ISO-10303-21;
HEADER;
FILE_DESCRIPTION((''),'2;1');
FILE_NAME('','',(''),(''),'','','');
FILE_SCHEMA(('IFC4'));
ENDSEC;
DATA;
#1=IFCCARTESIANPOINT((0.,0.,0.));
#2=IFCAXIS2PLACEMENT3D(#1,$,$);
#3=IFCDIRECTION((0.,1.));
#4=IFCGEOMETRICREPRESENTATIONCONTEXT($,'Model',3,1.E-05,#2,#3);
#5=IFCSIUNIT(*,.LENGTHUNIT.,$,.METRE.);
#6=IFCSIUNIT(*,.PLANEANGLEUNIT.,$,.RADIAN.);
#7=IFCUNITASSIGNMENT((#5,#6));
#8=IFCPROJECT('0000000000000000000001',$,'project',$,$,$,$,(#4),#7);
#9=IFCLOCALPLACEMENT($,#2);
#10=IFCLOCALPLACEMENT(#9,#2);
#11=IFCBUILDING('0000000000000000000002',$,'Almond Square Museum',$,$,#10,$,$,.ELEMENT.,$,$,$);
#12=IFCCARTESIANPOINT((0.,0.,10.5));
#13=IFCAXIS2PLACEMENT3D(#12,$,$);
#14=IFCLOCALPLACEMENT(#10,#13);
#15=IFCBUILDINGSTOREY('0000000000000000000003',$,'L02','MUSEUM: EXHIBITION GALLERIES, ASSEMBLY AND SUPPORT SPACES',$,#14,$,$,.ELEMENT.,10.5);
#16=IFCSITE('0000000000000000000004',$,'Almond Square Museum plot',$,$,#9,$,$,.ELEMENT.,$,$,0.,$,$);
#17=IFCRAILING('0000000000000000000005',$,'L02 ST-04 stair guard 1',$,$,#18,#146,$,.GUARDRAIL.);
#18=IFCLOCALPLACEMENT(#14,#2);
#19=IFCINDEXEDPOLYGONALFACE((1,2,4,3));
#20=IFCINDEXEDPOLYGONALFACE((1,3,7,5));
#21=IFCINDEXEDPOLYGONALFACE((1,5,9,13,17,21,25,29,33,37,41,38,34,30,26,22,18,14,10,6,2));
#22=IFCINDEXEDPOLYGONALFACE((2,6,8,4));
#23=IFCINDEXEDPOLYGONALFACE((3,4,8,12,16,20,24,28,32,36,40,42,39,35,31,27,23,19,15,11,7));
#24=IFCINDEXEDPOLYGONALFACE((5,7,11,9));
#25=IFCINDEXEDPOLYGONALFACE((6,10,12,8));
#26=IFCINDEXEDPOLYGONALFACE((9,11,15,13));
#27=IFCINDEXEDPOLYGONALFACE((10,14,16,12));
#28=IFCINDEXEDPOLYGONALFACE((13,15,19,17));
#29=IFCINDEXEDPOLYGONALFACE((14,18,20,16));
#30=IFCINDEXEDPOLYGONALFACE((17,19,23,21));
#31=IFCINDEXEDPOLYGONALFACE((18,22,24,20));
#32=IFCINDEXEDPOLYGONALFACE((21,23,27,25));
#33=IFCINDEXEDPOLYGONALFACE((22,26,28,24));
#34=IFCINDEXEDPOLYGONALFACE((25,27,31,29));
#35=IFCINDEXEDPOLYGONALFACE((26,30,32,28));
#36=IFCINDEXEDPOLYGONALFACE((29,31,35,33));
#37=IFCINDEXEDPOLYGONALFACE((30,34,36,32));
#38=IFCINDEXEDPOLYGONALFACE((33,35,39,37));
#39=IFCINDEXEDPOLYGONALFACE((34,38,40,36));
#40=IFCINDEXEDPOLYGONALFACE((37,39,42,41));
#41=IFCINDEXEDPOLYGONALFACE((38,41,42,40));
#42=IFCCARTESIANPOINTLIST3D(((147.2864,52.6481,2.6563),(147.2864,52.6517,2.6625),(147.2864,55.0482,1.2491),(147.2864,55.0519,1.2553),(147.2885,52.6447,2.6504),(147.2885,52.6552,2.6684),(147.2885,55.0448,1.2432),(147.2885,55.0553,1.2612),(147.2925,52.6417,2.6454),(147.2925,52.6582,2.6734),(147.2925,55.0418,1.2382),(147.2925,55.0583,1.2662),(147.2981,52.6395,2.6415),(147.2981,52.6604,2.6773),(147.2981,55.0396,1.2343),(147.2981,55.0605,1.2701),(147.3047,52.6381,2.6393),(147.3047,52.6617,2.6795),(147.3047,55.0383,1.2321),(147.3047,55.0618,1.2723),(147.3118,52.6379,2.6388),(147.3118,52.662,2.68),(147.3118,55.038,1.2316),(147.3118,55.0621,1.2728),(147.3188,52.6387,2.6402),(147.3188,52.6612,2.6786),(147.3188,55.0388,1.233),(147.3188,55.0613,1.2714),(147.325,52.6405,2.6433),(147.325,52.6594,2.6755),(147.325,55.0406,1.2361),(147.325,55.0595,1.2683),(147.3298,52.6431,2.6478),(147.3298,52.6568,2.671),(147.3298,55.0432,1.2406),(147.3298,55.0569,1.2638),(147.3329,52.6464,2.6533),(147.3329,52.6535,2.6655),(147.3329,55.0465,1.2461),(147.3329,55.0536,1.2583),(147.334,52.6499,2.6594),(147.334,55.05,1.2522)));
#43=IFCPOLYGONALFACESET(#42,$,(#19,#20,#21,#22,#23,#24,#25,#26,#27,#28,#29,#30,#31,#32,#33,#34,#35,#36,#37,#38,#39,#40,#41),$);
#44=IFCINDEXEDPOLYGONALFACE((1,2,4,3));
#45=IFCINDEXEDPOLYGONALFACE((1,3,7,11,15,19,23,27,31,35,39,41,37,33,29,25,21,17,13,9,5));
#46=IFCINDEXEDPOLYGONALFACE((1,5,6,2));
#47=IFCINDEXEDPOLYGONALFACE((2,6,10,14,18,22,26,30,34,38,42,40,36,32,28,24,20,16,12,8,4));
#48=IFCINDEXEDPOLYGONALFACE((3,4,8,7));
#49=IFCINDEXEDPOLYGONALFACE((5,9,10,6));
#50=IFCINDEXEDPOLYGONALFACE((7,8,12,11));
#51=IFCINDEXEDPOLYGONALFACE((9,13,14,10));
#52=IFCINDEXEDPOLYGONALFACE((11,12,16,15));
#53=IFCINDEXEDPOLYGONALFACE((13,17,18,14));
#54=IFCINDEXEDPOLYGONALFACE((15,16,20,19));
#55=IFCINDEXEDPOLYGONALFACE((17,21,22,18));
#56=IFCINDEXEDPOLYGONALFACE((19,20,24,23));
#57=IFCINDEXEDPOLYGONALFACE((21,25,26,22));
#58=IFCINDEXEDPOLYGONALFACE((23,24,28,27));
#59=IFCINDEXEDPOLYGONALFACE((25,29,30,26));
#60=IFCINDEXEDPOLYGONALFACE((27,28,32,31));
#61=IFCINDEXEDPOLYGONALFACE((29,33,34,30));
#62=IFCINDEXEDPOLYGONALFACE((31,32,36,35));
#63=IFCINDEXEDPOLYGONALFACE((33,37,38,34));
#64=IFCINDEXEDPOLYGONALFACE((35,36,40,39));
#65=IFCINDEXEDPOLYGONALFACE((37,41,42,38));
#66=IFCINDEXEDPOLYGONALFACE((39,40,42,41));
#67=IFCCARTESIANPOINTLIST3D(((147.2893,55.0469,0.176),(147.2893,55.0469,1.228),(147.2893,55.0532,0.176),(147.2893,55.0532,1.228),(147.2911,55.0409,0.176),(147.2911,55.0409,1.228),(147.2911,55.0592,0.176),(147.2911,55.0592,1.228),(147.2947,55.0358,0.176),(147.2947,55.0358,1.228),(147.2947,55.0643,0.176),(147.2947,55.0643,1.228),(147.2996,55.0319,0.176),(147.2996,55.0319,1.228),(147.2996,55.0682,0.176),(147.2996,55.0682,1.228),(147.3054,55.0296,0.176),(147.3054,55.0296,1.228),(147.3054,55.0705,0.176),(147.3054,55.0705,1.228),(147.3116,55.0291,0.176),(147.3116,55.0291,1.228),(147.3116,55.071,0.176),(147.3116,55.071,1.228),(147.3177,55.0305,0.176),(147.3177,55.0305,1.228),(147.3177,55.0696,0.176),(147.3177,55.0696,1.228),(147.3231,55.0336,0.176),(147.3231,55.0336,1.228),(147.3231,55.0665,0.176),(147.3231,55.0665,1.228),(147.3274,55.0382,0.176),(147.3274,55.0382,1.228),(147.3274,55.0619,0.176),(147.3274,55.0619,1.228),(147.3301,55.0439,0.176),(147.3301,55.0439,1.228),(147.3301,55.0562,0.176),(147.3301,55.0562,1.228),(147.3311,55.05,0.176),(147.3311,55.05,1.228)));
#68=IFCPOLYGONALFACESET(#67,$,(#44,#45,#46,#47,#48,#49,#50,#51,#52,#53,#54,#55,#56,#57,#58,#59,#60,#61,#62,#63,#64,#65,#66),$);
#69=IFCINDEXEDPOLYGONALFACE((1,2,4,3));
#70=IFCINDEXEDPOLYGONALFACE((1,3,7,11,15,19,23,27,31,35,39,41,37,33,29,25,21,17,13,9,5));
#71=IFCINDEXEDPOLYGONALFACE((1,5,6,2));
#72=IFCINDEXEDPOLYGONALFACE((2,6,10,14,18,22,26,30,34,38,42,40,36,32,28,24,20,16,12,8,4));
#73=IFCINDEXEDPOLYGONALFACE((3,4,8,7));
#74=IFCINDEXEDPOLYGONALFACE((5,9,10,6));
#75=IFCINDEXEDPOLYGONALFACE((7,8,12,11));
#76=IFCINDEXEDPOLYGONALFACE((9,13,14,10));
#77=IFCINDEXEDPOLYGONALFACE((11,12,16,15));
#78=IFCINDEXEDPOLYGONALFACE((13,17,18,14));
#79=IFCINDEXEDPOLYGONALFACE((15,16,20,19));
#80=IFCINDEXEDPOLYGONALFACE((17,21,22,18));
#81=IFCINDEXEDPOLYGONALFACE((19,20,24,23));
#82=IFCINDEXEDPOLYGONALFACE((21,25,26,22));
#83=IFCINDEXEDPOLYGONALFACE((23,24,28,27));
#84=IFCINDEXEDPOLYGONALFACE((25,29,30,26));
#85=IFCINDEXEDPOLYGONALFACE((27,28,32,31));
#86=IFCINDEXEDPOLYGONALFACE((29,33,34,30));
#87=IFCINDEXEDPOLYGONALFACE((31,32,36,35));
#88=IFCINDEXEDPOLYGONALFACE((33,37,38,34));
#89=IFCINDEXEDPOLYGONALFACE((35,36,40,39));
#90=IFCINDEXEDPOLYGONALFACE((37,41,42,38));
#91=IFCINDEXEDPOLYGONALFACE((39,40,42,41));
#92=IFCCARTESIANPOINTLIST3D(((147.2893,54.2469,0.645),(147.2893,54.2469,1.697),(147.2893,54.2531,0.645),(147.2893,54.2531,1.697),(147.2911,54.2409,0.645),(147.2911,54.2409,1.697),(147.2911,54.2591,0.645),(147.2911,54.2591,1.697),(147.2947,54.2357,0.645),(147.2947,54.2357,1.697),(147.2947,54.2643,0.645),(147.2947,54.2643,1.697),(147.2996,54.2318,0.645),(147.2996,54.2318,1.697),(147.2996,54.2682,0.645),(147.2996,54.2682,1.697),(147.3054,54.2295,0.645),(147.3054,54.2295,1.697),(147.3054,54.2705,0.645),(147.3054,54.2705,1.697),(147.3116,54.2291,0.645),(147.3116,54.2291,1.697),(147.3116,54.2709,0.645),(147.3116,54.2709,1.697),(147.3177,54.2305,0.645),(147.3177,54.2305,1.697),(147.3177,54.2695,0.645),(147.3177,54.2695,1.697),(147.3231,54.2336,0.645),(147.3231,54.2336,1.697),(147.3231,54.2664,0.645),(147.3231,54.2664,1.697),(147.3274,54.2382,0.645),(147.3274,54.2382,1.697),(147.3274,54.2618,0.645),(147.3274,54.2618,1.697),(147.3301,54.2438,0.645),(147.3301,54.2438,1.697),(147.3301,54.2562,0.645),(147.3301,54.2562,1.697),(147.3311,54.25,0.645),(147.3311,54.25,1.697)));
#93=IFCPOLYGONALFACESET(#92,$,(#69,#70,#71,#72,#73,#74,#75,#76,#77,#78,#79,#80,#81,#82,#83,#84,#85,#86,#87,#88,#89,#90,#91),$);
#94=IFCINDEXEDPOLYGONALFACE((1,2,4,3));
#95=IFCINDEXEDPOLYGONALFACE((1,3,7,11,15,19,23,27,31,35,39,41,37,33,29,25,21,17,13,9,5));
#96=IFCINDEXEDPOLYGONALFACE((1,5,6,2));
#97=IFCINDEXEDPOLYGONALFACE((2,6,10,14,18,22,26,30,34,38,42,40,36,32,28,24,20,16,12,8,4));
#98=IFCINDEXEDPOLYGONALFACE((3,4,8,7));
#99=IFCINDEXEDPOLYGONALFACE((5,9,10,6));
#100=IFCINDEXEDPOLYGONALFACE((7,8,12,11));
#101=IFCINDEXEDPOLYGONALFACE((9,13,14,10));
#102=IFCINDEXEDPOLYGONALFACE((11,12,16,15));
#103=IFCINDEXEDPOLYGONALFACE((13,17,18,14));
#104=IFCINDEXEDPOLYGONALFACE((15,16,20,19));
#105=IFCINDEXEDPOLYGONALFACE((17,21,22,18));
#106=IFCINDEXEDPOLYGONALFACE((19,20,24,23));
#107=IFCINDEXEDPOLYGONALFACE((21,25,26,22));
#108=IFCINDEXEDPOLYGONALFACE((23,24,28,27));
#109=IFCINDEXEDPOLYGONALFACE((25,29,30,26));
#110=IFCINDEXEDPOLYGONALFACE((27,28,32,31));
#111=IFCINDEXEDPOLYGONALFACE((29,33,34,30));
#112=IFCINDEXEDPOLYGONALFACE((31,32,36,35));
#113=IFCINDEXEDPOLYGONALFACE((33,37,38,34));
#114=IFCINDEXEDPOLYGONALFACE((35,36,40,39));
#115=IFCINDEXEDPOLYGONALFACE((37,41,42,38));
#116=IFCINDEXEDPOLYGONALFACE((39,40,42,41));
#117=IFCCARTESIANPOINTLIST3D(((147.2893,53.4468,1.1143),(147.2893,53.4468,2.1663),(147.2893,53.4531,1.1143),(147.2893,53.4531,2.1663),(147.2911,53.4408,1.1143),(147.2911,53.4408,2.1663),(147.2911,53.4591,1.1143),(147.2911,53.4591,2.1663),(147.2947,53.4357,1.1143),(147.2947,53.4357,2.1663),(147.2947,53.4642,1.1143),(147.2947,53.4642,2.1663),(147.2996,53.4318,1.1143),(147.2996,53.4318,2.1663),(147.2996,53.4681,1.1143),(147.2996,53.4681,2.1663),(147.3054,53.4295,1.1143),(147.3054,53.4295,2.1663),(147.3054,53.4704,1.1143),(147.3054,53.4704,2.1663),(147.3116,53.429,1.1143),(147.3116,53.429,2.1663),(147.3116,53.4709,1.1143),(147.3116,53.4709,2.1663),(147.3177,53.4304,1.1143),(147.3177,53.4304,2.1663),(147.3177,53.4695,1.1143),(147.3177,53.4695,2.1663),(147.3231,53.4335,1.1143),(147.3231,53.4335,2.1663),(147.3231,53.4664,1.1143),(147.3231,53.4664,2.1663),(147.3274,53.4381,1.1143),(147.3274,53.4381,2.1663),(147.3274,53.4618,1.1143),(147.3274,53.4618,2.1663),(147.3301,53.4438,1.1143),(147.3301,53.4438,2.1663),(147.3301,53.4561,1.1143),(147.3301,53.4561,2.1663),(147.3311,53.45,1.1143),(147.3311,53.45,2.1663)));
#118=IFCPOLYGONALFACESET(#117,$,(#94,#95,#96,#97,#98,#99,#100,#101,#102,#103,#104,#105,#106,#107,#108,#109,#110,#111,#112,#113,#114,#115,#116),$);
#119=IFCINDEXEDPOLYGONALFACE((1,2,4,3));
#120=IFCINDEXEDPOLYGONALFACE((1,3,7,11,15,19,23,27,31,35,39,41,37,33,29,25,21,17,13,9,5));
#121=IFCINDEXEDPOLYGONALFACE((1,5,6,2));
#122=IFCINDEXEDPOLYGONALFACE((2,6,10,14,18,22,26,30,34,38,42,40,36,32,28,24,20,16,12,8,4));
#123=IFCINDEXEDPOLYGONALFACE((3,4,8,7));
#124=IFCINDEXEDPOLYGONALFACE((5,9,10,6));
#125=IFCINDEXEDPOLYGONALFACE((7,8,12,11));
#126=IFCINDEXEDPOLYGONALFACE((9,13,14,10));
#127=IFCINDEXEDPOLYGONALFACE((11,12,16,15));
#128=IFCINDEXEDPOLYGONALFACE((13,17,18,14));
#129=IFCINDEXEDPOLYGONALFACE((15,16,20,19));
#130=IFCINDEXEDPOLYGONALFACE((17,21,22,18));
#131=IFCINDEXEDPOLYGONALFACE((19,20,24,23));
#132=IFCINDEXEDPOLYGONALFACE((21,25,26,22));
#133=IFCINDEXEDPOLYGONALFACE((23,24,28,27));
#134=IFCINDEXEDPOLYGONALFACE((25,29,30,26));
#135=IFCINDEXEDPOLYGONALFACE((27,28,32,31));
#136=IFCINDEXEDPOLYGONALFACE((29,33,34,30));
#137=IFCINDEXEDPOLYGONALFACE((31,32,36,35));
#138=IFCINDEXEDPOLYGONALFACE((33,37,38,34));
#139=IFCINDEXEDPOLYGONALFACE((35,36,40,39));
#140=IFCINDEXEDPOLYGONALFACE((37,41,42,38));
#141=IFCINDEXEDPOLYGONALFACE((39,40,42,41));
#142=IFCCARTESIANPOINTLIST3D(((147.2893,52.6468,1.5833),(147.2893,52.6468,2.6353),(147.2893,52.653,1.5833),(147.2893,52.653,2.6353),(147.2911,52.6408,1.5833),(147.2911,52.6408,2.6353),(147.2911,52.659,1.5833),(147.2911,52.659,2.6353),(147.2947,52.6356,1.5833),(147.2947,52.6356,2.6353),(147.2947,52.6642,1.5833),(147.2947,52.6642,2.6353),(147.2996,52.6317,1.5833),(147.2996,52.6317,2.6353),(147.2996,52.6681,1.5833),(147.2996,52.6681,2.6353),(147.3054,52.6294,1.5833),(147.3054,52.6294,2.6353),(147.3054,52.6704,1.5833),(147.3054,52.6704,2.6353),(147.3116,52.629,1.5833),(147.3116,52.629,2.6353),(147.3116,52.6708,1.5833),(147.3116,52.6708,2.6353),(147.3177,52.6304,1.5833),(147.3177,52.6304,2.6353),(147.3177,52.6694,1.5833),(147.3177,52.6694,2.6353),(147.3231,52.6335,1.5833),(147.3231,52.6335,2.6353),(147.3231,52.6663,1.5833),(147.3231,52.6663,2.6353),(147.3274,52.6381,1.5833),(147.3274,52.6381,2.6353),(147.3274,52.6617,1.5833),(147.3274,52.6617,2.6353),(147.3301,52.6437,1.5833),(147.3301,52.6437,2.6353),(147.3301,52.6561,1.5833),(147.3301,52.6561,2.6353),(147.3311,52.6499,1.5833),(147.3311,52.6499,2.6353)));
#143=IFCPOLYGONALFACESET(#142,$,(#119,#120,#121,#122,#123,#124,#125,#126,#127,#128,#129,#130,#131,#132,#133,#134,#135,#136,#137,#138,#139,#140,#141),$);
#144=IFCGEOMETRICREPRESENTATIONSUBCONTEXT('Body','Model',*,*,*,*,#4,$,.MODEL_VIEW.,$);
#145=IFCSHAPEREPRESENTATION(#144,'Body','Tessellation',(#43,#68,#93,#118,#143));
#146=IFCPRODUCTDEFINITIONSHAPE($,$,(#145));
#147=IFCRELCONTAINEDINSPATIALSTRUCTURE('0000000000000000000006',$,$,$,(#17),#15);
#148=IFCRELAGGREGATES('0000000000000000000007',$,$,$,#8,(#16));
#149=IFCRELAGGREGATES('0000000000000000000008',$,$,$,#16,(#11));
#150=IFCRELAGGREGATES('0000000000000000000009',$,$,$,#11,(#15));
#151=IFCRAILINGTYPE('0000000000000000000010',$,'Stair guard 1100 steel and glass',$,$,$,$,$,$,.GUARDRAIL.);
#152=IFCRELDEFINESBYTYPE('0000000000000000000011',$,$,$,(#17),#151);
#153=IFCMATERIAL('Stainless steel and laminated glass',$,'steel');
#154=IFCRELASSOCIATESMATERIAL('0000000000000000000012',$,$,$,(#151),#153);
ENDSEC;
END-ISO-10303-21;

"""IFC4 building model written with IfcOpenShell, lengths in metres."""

from ifc_helpers import new_model, si_unit, direction, frame, origin, origin_2d, place, context, subcontext, project, spatial, circle, extrude, material, type_object, element, save


model = new_model("IFC4")

# Units and contexts
model_context = context("Model", 3, precision=1e-05, world=origin(), true_north=direction((0.0, 1.0)))
body_context = subcontext(model_context, "Body", "Model", "MODEL_VIEW")
ifc_project = project(units=[si_unit("LENGTHUNIT", "METRE"), si_unit("PLANEANGLEUNIT", "RADIAN")], contexts=[model_context])

# Site, building, storey
site_placement = place(None, origin())
site = spatial("IfcSite", under=ifc_project, at=site_placement, Name="Almond Square Museum plot", CompositionType="ELEMENT", RefElevation=0.0)
building_placement = place(site_placement, origin())
building = spatial("IfcBuilding", under=site, at=building_placement, Name="Almond Square Museum", CompositionType="ELEMENT")
storey_placement = place(building_placement, frame((0.0, 0.0, 10.5)))
storey = spatial("IfcBuildingStorey", under=building, at=storey_placement, Name="L02", Description="MUSEUM: EXHIBITION GALLERIES, ASSEMBLY AND SUPPORT SPACES", CompositionType="ELEMENT", Elevation=10.5)

# Railing
ifc_material_1 = material(Name="Stainless steel and laminated glass", Category="steel")
railing_type_1 = type_object("IfcRailingType", Name="Stair guard 1100 steel and glass", PredefinedType="GUARDRAIL", material=ifc_material_1)
railing_1_placement = place(storey_placement, frame((147.3101, 55.05, 0.176)))
element("IfcRailing", 1, at=railing_1_placement, inside=storey, type_object=railing_type_1, Name="L02 ST-04 stair guard 1", PredefinedType="GUARDRAIL", context=body_context, shape_type="SweptSolid", body=[
    extrude(circle(Radius=0.0239, at=origin_2d()), frame((0.0, 0.0, 1.0762), z_axis=(0.0, -0.86266, 0.505785), x_axis=(1.0, 0.0, 0.0)), (0.0, 0.0, 1.0), 2.7822),
    extrude(circle(Radius=0.021, at=origin_2d()), origin(), (0.0, 0.0, 1.0), 1.052),
    extrude(circle(Radius=0.021, at=origin_2d()), frame((0.0, -0.8, 0.469)), (0.0, 0.0, 1.0), 1.052),
    extrude(circle(Radius=0.021, at=origin_2d()), frame((0.0, -1.6001, 0.9382)), (0.0, 0.0, 1.0), 1.052),
    extrude(circle(Radius=0.021, at=origin_2d()), frame((0.0, -2.4001, 1.4072)), (0.0, 0.0, 1.0), 1.052),
])

save(model, "model.ifc")
